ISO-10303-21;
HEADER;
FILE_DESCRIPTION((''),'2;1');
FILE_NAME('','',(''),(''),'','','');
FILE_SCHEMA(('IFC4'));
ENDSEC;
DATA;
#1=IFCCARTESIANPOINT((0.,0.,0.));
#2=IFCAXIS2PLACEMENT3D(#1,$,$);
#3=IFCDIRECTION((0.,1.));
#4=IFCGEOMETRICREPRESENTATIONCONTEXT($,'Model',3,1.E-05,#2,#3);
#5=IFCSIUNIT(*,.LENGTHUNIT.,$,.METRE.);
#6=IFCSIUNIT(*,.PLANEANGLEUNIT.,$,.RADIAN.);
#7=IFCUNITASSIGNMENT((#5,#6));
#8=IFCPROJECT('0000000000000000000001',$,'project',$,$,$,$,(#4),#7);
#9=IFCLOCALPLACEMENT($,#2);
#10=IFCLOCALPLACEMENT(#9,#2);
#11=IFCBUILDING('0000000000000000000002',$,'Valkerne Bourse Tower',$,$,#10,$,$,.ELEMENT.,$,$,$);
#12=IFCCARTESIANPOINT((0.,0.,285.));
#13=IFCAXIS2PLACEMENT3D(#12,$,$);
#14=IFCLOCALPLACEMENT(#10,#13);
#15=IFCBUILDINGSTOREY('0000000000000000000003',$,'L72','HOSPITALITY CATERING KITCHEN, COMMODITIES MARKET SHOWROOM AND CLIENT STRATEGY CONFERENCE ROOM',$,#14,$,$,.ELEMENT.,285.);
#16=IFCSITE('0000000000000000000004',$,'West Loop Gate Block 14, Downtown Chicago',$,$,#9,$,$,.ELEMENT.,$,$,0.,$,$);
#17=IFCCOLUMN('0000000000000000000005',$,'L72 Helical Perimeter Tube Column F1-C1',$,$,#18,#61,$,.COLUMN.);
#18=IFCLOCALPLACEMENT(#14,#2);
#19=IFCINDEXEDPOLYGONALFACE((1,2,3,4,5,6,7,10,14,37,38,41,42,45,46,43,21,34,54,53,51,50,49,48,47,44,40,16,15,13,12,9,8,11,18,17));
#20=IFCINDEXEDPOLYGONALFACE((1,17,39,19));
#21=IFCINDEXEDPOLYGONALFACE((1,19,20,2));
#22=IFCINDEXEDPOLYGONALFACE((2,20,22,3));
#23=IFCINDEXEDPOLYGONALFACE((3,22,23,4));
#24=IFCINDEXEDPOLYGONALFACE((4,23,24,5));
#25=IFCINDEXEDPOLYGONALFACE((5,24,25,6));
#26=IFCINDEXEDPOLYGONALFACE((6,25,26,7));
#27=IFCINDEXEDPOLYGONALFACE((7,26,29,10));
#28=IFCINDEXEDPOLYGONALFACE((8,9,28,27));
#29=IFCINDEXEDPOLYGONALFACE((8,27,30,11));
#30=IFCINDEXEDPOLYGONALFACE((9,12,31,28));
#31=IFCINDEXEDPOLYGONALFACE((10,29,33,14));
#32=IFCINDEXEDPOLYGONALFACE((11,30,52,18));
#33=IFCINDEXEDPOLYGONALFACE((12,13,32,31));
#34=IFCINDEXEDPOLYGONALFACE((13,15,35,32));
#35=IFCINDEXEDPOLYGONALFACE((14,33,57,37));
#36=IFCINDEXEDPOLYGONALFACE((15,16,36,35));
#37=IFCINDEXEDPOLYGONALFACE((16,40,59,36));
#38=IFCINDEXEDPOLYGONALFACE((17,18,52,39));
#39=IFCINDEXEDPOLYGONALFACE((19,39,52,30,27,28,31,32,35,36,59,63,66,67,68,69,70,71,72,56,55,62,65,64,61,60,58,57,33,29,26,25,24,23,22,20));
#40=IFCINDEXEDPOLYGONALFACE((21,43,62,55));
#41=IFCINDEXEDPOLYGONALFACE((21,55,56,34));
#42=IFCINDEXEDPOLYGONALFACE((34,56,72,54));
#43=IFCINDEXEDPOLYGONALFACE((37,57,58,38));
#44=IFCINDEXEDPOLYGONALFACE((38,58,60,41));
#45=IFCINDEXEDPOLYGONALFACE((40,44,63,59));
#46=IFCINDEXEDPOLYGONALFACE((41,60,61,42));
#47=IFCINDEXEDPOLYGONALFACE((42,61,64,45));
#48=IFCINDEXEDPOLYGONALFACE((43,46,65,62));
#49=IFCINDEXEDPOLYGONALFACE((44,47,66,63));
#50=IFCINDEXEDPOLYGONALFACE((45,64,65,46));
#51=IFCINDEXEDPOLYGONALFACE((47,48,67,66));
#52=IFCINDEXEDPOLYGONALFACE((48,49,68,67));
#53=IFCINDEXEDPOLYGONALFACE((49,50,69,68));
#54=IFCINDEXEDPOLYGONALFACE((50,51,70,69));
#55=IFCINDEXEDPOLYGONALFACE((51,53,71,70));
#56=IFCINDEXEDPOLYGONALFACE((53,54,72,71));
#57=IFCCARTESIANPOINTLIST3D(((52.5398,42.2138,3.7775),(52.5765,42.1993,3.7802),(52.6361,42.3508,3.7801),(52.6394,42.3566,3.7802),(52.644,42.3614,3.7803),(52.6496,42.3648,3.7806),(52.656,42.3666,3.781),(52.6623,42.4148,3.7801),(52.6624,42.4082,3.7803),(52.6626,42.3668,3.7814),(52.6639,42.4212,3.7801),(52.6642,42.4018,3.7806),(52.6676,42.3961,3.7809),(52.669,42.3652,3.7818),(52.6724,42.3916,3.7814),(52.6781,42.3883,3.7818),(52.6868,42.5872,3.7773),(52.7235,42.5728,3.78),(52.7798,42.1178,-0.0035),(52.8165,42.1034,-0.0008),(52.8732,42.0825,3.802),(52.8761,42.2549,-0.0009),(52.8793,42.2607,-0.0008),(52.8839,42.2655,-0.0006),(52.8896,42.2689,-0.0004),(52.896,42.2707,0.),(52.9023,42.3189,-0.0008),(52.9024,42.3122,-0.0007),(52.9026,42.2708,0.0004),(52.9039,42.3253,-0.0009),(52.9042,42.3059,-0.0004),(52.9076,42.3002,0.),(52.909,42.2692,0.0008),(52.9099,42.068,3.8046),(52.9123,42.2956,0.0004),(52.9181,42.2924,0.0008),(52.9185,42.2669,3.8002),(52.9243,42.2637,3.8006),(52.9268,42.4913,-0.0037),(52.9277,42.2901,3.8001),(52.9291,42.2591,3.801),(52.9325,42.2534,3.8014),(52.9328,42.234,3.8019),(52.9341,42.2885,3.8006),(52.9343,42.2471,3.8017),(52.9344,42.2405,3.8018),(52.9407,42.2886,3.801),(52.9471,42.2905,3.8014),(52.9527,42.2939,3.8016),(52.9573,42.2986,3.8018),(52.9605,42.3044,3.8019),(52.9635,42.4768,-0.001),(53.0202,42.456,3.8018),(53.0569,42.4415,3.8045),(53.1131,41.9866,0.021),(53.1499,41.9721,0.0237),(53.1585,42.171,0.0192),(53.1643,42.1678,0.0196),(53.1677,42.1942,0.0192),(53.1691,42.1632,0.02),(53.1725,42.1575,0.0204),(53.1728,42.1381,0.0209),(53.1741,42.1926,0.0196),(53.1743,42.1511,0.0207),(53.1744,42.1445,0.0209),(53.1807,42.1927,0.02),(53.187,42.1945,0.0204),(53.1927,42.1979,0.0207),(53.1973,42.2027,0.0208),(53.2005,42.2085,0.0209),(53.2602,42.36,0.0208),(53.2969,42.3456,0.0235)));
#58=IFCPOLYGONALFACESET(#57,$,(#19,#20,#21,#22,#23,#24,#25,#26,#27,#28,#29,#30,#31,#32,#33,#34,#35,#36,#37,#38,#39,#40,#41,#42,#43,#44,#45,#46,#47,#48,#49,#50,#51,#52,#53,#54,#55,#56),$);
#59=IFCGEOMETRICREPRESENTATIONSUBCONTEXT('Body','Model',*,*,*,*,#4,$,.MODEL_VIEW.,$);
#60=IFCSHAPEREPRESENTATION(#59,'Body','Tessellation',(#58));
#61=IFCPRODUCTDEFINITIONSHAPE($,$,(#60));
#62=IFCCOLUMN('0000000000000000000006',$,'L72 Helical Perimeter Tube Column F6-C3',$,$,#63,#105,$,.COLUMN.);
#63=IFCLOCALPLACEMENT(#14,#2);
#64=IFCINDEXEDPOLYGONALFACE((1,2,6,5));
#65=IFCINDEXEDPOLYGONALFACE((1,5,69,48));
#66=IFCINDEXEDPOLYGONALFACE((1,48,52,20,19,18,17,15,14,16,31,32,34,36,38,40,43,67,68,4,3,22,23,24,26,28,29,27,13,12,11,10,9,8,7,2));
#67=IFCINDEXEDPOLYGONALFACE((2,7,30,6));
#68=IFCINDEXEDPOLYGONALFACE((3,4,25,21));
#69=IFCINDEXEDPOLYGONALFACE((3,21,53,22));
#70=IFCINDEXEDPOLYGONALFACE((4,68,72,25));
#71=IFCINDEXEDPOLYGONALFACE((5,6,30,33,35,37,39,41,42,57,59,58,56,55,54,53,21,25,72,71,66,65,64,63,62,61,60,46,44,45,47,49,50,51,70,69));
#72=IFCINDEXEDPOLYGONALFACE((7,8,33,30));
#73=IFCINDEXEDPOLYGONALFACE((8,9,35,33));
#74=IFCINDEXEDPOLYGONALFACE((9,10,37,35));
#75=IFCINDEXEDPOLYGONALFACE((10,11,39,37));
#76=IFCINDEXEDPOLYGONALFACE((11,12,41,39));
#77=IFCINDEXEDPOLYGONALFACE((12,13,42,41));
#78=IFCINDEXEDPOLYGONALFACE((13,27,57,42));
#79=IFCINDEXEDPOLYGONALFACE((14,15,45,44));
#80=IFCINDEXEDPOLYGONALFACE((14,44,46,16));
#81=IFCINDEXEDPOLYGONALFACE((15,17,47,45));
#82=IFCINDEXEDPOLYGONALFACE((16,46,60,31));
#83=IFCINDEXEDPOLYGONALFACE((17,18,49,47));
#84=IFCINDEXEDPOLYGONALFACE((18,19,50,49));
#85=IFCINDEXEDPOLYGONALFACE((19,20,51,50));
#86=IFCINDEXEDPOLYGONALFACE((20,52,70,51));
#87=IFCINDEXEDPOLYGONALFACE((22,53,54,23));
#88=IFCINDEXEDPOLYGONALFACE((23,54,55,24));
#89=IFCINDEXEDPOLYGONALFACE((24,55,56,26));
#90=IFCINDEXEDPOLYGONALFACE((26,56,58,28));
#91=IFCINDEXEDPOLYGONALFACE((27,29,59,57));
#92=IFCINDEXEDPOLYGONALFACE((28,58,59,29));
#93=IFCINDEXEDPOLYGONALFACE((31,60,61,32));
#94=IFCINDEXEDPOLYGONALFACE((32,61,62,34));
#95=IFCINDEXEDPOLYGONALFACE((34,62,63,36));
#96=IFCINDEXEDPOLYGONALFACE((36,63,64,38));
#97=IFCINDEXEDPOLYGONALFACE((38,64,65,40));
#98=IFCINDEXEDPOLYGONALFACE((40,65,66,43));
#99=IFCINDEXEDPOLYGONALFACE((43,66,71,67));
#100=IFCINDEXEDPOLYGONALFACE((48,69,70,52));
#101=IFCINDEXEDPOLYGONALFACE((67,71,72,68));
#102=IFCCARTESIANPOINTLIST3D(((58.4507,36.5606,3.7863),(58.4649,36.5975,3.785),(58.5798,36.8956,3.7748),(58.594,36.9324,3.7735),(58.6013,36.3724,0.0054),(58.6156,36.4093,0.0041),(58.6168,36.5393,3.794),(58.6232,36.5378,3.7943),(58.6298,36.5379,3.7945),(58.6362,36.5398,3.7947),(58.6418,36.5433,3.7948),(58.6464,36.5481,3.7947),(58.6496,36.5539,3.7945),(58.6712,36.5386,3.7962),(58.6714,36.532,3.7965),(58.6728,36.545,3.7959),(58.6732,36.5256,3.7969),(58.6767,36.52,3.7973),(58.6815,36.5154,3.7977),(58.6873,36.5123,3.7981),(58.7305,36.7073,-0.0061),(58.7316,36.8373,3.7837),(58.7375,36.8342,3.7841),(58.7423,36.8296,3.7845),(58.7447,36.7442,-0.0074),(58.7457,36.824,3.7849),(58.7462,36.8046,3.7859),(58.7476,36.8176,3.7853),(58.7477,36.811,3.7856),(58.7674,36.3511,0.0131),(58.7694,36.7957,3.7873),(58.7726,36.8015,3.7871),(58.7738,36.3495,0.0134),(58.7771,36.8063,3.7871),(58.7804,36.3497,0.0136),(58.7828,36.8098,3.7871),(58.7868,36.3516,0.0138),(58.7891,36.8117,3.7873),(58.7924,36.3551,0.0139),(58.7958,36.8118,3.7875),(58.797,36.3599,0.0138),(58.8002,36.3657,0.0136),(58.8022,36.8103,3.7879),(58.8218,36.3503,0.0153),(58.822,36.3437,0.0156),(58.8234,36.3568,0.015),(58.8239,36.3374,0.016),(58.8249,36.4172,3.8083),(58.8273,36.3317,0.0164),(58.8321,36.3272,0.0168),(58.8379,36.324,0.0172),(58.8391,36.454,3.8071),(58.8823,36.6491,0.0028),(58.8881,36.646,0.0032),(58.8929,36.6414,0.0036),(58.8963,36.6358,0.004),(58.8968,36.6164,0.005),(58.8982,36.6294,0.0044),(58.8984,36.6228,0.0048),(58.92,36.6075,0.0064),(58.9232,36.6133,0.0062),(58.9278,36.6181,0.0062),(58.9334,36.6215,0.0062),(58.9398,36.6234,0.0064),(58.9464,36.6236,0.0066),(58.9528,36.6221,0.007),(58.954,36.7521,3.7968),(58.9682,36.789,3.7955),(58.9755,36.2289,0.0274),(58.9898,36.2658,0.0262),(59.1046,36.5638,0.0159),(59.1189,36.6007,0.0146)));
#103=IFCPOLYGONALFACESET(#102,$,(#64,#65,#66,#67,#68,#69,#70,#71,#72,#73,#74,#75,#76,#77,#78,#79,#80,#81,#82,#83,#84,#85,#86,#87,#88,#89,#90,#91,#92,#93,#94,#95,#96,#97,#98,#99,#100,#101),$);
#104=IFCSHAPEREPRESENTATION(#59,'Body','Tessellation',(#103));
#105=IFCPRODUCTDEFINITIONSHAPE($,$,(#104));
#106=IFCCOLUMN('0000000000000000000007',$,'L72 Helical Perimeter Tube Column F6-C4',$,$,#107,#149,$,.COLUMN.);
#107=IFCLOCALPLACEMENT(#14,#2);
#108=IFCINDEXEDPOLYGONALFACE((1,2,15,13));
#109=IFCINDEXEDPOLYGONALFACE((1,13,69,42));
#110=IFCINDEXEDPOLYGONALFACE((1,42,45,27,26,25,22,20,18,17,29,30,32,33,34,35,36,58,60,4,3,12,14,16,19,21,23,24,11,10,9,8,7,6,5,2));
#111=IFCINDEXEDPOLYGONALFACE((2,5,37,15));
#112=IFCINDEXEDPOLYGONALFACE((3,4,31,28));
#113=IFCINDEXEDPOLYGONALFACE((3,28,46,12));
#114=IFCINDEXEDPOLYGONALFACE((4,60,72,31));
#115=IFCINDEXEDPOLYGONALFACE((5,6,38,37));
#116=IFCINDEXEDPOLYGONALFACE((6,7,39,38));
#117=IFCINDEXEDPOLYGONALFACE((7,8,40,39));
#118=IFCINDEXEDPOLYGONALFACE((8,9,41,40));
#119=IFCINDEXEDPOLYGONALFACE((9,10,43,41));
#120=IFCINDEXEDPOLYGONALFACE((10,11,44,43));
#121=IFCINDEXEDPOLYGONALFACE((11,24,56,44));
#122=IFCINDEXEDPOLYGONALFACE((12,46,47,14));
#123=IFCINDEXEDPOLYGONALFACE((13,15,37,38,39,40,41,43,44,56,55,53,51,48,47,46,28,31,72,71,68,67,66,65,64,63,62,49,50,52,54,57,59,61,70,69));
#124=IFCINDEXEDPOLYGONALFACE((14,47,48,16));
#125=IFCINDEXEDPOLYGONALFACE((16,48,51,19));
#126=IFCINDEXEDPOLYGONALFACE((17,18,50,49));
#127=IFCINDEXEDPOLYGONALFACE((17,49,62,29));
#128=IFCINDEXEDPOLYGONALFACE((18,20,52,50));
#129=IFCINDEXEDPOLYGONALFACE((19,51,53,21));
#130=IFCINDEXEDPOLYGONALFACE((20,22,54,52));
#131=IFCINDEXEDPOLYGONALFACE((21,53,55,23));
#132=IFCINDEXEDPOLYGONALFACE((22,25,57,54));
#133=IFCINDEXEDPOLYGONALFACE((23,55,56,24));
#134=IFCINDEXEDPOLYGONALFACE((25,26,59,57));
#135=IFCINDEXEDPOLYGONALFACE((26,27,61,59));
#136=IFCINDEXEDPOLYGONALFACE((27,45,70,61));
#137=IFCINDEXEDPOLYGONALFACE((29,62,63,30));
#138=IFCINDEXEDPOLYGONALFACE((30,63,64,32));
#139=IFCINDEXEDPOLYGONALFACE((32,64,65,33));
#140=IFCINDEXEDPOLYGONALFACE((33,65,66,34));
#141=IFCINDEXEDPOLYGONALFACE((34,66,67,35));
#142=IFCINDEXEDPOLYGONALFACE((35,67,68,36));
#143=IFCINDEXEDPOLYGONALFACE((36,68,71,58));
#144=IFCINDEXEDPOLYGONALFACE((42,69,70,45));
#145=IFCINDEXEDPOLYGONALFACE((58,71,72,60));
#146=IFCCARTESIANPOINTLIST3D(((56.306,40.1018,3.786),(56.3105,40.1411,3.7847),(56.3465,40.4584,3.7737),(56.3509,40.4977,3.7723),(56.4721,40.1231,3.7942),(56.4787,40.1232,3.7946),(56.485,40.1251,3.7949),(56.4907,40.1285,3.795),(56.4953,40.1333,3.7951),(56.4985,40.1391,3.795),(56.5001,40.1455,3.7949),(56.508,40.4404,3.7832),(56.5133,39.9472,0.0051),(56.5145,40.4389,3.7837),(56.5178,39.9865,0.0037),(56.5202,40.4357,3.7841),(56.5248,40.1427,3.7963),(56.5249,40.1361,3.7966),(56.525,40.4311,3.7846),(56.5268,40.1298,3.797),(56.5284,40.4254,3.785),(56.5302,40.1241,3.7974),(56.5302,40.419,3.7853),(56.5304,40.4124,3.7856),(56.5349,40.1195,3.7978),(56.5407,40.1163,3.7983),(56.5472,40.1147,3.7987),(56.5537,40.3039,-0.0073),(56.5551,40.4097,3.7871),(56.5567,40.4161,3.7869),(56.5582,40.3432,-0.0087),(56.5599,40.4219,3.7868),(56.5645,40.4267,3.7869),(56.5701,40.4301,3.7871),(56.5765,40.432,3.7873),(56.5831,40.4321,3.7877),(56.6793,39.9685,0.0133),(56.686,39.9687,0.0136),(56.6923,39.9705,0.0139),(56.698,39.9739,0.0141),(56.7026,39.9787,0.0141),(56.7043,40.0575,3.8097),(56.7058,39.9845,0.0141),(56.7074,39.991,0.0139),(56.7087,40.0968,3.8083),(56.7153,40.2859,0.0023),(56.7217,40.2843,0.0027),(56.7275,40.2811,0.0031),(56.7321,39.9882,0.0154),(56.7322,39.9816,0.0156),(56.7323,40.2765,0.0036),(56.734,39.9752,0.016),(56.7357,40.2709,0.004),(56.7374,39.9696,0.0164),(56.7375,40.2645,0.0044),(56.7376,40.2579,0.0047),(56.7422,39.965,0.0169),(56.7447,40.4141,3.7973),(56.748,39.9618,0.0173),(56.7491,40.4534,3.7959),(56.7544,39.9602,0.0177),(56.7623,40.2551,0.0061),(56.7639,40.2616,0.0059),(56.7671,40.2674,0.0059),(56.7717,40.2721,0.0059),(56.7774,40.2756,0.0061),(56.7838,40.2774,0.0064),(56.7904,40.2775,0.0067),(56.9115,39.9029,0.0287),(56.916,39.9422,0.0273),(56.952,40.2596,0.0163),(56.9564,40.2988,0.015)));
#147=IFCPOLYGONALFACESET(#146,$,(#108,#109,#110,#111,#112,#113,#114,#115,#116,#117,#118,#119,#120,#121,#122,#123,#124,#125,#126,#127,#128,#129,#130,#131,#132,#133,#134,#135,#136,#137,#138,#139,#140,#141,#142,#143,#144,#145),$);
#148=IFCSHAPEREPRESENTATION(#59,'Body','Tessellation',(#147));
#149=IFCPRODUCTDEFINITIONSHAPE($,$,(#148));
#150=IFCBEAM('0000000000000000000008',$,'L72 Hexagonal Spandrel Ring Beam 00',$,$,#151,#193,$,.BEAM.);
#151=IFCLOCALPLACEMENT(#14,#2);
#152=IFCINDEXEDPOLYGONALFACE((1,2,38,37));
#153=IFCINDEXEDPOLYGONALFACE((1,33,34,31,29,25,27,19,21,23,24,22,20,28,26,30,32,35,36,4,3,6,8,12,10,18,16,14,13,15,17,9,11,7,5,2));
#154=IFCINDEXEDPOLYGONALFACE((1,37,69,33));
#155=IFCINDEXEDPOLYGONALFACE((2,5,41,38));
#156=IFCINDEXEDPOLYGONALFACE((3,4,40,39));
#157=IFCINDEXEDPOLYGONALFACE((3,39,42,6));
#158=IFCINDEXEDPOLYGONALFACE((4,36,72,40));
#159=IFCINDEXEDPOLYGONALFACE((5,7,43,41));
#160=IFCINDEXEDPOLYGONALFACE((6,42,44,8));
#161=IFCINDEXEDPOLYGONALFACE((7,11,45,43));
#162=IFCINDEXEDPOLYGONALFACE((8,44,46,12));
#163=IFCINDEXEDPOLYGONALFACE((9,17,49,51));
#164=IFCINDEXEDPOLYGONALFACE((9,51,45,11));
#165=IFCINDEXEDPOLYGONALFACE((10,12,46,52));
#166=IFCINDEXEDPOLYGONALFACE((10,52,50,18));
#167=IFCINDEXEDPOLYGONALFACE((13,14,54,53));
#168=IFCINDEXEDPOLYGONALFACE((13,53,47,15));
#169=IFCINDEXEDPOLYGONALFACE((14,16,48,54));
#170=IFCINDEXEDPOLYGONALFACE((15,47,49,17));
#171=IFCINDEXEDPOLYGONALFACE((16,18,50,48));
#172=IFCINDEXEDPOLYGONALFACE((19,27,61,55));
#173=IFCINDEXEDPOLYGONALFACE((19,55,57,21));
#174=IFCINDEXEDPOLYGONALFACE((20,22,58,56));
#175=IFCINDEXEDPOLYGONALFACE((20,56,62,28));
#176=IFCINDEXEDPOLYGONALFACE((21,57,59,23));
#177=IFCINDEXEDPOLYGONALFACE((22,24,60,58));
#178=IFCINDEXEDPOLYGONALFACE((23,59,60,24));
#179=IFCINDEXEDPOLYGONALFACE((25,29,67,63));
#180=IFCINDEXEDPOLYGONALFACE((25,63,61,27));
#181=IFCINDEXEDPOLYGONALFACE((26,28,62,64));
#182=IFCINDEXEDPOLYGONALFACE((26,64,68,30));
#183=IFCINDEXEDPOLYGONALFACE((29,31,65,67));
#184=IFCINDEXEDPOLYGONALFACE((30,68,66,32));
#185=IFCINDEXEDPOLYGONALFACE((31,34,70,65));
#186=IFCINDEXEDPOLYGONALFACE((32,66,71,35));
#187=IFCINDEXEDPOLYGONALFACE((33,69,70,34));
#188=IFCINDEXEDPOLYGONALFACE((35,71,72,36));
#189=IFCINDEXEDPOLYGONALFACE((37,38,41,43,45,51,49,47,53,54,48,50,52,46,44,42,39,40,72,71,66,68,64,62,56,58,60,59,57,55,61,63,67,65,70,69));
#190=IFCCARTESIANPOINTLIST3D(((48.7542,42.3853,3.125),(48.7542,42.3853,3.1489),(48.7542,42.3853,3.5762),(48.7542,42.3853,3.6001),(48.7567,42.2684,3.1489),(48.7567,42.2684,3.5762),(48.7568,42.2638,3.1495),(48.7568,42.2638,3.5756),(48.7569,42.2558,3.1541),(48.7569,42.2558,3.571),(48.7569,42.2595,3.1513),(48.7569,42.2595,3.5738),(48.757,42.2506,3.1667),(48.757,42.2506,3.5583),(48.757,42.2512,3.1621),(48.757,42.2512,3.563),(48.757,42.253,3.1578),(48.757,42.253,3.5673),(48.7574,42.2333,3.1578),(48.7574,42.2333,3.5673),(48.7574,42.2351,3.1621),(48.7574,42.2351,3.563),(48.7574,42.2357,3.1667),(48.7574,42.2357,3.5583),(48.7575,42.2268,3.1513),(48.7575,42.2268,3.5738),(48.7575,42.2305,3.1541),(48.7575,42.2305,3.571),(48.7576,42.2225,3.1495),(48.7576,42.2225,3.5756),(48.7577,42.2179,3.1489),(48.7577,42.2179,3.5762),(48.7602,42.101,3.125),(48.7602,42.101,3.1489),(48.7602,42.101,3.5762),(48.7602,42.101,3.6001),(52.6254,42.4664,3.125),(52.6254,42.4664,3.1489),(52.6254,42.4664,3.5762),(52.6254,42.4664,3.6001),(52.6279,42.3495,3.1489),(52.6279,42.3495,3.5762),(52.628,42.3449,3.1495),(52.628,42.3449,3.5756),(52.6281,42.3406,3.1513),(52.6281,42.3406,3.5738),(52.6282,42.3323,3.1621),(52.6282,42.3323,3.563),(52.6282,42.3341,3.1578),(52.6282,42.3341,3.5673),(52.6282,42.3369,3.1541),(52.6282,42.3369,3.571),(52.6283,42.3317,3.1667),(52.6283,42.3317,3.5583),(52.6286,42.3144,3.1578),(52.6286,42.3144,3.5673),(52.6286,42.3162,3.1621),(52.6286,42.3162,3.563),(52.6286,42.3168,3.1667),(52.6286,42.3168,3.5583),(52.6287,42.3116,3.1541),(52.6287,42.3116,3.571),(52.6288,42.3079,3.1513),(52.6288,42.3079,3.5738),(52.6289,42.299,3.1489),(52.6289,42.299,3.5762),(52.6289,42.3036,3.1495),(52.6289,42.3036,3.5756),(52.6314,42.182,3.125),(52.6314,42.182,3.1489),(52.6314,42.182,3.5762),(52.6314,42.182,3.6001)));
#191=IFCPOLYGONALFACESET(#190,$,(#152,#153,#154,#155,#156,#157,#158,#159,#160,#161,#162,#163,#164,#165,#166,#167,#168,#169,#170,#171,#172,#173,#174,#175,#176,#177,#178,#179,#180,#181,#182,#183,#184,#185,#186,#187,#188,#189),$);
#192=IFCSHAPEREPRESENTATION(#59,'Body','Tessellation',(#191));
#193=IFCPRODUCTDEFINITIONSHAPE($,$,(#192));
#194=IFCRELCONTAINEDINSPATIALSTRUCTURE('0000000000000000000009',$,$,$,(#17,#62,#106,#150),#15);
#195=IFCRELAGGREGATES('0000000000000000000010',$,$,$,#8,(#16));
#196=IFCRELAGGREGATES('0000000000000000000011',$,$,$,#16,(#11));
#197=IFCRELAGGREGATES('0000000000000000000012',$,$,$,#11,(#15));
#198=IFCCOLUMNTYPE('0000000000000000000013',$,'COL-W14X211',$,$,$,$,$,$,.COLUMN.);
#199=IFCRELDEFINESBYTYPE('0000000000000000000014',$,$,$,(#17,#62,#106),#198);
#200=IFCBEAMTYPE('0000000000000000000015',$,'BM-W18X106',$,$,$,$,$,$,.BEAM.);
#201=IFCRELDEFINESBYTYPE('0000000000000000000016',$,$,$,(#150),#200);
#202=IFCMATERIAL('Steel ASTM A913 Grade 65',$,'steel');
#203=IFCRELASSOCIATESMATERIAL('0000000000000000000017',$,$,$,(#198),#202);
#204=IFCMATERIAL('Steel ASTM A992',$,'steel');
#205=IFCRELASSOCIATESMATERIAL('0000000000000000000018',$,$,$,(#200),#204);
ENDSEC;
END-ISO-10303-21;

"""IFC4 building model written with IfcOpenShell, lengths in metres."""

from ifc_helpers import new_model, si_unit, direction, frame, origin, origin_2d, place, context, subcontext, project, spatial, i_section, extrude, material, material_profile, profile_set, type_object, element, save


model = new_model("IFC4")

# Units and contexts
model_context = context("Model", 3, precision=1e-05, world=origin(), true_north=direction((0.0, 1.0)))
body_context = subcontext(model_context, "Body", "Model", "MODEL_VIEW")
ifc_project = project(units=[si_unit("LENGTHUNIT", "METRE"), si_unit("PLANEANGLEUNIT", "RADIAN")], contexts=[model_context])

# Site, building, storey
site_placement = place(None, origin())
site = spatial("IfcSite", under=ifc_project, at=site_placement, Name="West Loop Gate Block 14, Downtown Chicago", CompositionType="ELEMENT", RefElevation=0.0)
building_placement = place(site_placement, origin())
building = spatial("IfcBuilding", under=site, at=building_placement, Name="Valkerne Bourse Tower", CompositionType="ELEMENT")
storey_placement = place(building_placement, frame((0.0, 0.0, 285.0)))
storey = spatial("IfcBuildingStorey", under=building, at=storey_placement, Name="L72", Description="HOSPITALITY CATERING KITCHEN, COMMODITIES MARKET SHOWROOM AND CLIENT STRATEGY CONFERENCE ROOM", CompositionType="ELEMENT", Elevation=285.0)

# Columns
ifc_material_1 = material(Name="Steel ASTM A913 Grade 65", Category="steel")
ifc_material_profile_1 = material_profile(ifc_material_1, i_section(OverallWidth=0.4014, OverallDepth=0.3987, WebThickness=0.0249, FlangeThickness=0.0396, FilletRadius=0.0254, at=origin_2d()), Name="W14X211")
ifc_profile_set_1 = profile_set([ifc_material_profile_1], Name="Steel ASTM A913 Grade 65")
column_type = type_object("IfcColumnType", Name="COL-W14X211", PredefinedType="COLUMN", material=ifc_profile_set_1)
column_1_placement = place(storey_placement, frame((53.0383, 42.2317, 0.01), z_axis=(-0.063325, 0.025317, 0.997672), x_axis=(0.366372, 0.930468, -0.000357)))
element("IfcColumn", 1, at=column_1_placement, inside=storey, type_object=column_type, Name="L72 Helical Perimeter Tube Column F1-C1", PredefinedType="COLUMN", context=body_context, shape_type="SweptSolid", body=[
    extrude(i_section(OverallWidth=0.4014, OverallDepth=0.3987, WebThickness=0.0249, FlangeThickness=0.0396, FilletRadius=0.0254, at=origin_2d()), origin(), (0.0, 0.0, 1.0), 3.7898),
])
column_2_placement = place(storey_placement, frame((58.8601, 36.4866, 0.01), z_axis=(-0.039759, 0.049683, 0.997973), x_axis=(0.932292, -0.357509, 0.054941)))
element("IfcColumn", 2, at=column_2_placement, inside=storey, type_object=column_type, Name="L72 Helical Perimeter Tube Column F6-C3", PredefinedType="COLUMN", context=body_context, shape_type="SweptSolid", body=[
    extrude(i_section(OverallWidth=0.4014, OverallDepth=0.3987, WebThickness=0.0249, FlangeThickness=0.0396, FilletRadius=0.0254, at=origin_2d()), origin(), (0.0, 0.0, 1.0), 3.7886),
])
column_3_placement = place(storey_placement, frame((56.7349, 40.123, 0.01), z_axis=(-0.054692, 0.040778, 0.99767), x_axis=(0.992141, -0.110398, 0.058902)))
element("IfcColumn", 3, at=column_3_placement, inside=storey, type_object=column_type, Name="L72 Helical Perimeter Tube Column F6-C4", PredefinedType="COLUMN", context=body_context, shape_type="SweptSolid", body=[
    extrude(i_section(OverallWidth=0.4014, OverallDepth=0.3987, WebThickness=0.0249, FlangeThickness=0.0396, FilletRadius=0.0254, at=origin_2d()), origin(), (0.0, 0.0, 1.0), 3.7898),
])

# Beam
ifc_material_2 = material(Name="Steel ASTM A992", Category="steel")
ifc_material_profile_2 = material_profile(ifc_material_2, i_section(OverallWidth=0.2844, OverallDepth=0.4751, WebThickness=0.0149, FlangeThickness=0.0239, FilletRadius=0.0178, at=origin_2d()), Name="W18X106")
ifc_profile_set_2 = profile_set([ifc_material_profile_2], Name="Steel ASTM A992")
beam_type = type_object("IfcBeamType", Name="BM-W18X106", PredefinedType="BEAM", material=ifc_profile_set_2)
beam_1_placement = place(storey_placement, frame((52.6284, 42.3242, 3.3625), z_axis=(-0.999781, -0.020933, 0.0), x_axis=(0.020933, -0.999781, 0.0)))
element("IfcBeam", 4, at=beam_1_placement, inside=storey, type_object=beam_type, Name="L72 Hexagonal Spandrel Ring Beam 00", PredefinedType="BEAM", context=body_context, shape_type="SweptSolid", body=[
    extrude(i_section(OverallWidth=0.2844, OverallDepth=0.4751, WebThickness=0.0149, FlangeThickness=0.0239, FilletRadius=0.0178, at=origin_2d()), origin(), (0.0, 0.0, 1.0), 3.8721),
])

save(model, "model.ifc")
